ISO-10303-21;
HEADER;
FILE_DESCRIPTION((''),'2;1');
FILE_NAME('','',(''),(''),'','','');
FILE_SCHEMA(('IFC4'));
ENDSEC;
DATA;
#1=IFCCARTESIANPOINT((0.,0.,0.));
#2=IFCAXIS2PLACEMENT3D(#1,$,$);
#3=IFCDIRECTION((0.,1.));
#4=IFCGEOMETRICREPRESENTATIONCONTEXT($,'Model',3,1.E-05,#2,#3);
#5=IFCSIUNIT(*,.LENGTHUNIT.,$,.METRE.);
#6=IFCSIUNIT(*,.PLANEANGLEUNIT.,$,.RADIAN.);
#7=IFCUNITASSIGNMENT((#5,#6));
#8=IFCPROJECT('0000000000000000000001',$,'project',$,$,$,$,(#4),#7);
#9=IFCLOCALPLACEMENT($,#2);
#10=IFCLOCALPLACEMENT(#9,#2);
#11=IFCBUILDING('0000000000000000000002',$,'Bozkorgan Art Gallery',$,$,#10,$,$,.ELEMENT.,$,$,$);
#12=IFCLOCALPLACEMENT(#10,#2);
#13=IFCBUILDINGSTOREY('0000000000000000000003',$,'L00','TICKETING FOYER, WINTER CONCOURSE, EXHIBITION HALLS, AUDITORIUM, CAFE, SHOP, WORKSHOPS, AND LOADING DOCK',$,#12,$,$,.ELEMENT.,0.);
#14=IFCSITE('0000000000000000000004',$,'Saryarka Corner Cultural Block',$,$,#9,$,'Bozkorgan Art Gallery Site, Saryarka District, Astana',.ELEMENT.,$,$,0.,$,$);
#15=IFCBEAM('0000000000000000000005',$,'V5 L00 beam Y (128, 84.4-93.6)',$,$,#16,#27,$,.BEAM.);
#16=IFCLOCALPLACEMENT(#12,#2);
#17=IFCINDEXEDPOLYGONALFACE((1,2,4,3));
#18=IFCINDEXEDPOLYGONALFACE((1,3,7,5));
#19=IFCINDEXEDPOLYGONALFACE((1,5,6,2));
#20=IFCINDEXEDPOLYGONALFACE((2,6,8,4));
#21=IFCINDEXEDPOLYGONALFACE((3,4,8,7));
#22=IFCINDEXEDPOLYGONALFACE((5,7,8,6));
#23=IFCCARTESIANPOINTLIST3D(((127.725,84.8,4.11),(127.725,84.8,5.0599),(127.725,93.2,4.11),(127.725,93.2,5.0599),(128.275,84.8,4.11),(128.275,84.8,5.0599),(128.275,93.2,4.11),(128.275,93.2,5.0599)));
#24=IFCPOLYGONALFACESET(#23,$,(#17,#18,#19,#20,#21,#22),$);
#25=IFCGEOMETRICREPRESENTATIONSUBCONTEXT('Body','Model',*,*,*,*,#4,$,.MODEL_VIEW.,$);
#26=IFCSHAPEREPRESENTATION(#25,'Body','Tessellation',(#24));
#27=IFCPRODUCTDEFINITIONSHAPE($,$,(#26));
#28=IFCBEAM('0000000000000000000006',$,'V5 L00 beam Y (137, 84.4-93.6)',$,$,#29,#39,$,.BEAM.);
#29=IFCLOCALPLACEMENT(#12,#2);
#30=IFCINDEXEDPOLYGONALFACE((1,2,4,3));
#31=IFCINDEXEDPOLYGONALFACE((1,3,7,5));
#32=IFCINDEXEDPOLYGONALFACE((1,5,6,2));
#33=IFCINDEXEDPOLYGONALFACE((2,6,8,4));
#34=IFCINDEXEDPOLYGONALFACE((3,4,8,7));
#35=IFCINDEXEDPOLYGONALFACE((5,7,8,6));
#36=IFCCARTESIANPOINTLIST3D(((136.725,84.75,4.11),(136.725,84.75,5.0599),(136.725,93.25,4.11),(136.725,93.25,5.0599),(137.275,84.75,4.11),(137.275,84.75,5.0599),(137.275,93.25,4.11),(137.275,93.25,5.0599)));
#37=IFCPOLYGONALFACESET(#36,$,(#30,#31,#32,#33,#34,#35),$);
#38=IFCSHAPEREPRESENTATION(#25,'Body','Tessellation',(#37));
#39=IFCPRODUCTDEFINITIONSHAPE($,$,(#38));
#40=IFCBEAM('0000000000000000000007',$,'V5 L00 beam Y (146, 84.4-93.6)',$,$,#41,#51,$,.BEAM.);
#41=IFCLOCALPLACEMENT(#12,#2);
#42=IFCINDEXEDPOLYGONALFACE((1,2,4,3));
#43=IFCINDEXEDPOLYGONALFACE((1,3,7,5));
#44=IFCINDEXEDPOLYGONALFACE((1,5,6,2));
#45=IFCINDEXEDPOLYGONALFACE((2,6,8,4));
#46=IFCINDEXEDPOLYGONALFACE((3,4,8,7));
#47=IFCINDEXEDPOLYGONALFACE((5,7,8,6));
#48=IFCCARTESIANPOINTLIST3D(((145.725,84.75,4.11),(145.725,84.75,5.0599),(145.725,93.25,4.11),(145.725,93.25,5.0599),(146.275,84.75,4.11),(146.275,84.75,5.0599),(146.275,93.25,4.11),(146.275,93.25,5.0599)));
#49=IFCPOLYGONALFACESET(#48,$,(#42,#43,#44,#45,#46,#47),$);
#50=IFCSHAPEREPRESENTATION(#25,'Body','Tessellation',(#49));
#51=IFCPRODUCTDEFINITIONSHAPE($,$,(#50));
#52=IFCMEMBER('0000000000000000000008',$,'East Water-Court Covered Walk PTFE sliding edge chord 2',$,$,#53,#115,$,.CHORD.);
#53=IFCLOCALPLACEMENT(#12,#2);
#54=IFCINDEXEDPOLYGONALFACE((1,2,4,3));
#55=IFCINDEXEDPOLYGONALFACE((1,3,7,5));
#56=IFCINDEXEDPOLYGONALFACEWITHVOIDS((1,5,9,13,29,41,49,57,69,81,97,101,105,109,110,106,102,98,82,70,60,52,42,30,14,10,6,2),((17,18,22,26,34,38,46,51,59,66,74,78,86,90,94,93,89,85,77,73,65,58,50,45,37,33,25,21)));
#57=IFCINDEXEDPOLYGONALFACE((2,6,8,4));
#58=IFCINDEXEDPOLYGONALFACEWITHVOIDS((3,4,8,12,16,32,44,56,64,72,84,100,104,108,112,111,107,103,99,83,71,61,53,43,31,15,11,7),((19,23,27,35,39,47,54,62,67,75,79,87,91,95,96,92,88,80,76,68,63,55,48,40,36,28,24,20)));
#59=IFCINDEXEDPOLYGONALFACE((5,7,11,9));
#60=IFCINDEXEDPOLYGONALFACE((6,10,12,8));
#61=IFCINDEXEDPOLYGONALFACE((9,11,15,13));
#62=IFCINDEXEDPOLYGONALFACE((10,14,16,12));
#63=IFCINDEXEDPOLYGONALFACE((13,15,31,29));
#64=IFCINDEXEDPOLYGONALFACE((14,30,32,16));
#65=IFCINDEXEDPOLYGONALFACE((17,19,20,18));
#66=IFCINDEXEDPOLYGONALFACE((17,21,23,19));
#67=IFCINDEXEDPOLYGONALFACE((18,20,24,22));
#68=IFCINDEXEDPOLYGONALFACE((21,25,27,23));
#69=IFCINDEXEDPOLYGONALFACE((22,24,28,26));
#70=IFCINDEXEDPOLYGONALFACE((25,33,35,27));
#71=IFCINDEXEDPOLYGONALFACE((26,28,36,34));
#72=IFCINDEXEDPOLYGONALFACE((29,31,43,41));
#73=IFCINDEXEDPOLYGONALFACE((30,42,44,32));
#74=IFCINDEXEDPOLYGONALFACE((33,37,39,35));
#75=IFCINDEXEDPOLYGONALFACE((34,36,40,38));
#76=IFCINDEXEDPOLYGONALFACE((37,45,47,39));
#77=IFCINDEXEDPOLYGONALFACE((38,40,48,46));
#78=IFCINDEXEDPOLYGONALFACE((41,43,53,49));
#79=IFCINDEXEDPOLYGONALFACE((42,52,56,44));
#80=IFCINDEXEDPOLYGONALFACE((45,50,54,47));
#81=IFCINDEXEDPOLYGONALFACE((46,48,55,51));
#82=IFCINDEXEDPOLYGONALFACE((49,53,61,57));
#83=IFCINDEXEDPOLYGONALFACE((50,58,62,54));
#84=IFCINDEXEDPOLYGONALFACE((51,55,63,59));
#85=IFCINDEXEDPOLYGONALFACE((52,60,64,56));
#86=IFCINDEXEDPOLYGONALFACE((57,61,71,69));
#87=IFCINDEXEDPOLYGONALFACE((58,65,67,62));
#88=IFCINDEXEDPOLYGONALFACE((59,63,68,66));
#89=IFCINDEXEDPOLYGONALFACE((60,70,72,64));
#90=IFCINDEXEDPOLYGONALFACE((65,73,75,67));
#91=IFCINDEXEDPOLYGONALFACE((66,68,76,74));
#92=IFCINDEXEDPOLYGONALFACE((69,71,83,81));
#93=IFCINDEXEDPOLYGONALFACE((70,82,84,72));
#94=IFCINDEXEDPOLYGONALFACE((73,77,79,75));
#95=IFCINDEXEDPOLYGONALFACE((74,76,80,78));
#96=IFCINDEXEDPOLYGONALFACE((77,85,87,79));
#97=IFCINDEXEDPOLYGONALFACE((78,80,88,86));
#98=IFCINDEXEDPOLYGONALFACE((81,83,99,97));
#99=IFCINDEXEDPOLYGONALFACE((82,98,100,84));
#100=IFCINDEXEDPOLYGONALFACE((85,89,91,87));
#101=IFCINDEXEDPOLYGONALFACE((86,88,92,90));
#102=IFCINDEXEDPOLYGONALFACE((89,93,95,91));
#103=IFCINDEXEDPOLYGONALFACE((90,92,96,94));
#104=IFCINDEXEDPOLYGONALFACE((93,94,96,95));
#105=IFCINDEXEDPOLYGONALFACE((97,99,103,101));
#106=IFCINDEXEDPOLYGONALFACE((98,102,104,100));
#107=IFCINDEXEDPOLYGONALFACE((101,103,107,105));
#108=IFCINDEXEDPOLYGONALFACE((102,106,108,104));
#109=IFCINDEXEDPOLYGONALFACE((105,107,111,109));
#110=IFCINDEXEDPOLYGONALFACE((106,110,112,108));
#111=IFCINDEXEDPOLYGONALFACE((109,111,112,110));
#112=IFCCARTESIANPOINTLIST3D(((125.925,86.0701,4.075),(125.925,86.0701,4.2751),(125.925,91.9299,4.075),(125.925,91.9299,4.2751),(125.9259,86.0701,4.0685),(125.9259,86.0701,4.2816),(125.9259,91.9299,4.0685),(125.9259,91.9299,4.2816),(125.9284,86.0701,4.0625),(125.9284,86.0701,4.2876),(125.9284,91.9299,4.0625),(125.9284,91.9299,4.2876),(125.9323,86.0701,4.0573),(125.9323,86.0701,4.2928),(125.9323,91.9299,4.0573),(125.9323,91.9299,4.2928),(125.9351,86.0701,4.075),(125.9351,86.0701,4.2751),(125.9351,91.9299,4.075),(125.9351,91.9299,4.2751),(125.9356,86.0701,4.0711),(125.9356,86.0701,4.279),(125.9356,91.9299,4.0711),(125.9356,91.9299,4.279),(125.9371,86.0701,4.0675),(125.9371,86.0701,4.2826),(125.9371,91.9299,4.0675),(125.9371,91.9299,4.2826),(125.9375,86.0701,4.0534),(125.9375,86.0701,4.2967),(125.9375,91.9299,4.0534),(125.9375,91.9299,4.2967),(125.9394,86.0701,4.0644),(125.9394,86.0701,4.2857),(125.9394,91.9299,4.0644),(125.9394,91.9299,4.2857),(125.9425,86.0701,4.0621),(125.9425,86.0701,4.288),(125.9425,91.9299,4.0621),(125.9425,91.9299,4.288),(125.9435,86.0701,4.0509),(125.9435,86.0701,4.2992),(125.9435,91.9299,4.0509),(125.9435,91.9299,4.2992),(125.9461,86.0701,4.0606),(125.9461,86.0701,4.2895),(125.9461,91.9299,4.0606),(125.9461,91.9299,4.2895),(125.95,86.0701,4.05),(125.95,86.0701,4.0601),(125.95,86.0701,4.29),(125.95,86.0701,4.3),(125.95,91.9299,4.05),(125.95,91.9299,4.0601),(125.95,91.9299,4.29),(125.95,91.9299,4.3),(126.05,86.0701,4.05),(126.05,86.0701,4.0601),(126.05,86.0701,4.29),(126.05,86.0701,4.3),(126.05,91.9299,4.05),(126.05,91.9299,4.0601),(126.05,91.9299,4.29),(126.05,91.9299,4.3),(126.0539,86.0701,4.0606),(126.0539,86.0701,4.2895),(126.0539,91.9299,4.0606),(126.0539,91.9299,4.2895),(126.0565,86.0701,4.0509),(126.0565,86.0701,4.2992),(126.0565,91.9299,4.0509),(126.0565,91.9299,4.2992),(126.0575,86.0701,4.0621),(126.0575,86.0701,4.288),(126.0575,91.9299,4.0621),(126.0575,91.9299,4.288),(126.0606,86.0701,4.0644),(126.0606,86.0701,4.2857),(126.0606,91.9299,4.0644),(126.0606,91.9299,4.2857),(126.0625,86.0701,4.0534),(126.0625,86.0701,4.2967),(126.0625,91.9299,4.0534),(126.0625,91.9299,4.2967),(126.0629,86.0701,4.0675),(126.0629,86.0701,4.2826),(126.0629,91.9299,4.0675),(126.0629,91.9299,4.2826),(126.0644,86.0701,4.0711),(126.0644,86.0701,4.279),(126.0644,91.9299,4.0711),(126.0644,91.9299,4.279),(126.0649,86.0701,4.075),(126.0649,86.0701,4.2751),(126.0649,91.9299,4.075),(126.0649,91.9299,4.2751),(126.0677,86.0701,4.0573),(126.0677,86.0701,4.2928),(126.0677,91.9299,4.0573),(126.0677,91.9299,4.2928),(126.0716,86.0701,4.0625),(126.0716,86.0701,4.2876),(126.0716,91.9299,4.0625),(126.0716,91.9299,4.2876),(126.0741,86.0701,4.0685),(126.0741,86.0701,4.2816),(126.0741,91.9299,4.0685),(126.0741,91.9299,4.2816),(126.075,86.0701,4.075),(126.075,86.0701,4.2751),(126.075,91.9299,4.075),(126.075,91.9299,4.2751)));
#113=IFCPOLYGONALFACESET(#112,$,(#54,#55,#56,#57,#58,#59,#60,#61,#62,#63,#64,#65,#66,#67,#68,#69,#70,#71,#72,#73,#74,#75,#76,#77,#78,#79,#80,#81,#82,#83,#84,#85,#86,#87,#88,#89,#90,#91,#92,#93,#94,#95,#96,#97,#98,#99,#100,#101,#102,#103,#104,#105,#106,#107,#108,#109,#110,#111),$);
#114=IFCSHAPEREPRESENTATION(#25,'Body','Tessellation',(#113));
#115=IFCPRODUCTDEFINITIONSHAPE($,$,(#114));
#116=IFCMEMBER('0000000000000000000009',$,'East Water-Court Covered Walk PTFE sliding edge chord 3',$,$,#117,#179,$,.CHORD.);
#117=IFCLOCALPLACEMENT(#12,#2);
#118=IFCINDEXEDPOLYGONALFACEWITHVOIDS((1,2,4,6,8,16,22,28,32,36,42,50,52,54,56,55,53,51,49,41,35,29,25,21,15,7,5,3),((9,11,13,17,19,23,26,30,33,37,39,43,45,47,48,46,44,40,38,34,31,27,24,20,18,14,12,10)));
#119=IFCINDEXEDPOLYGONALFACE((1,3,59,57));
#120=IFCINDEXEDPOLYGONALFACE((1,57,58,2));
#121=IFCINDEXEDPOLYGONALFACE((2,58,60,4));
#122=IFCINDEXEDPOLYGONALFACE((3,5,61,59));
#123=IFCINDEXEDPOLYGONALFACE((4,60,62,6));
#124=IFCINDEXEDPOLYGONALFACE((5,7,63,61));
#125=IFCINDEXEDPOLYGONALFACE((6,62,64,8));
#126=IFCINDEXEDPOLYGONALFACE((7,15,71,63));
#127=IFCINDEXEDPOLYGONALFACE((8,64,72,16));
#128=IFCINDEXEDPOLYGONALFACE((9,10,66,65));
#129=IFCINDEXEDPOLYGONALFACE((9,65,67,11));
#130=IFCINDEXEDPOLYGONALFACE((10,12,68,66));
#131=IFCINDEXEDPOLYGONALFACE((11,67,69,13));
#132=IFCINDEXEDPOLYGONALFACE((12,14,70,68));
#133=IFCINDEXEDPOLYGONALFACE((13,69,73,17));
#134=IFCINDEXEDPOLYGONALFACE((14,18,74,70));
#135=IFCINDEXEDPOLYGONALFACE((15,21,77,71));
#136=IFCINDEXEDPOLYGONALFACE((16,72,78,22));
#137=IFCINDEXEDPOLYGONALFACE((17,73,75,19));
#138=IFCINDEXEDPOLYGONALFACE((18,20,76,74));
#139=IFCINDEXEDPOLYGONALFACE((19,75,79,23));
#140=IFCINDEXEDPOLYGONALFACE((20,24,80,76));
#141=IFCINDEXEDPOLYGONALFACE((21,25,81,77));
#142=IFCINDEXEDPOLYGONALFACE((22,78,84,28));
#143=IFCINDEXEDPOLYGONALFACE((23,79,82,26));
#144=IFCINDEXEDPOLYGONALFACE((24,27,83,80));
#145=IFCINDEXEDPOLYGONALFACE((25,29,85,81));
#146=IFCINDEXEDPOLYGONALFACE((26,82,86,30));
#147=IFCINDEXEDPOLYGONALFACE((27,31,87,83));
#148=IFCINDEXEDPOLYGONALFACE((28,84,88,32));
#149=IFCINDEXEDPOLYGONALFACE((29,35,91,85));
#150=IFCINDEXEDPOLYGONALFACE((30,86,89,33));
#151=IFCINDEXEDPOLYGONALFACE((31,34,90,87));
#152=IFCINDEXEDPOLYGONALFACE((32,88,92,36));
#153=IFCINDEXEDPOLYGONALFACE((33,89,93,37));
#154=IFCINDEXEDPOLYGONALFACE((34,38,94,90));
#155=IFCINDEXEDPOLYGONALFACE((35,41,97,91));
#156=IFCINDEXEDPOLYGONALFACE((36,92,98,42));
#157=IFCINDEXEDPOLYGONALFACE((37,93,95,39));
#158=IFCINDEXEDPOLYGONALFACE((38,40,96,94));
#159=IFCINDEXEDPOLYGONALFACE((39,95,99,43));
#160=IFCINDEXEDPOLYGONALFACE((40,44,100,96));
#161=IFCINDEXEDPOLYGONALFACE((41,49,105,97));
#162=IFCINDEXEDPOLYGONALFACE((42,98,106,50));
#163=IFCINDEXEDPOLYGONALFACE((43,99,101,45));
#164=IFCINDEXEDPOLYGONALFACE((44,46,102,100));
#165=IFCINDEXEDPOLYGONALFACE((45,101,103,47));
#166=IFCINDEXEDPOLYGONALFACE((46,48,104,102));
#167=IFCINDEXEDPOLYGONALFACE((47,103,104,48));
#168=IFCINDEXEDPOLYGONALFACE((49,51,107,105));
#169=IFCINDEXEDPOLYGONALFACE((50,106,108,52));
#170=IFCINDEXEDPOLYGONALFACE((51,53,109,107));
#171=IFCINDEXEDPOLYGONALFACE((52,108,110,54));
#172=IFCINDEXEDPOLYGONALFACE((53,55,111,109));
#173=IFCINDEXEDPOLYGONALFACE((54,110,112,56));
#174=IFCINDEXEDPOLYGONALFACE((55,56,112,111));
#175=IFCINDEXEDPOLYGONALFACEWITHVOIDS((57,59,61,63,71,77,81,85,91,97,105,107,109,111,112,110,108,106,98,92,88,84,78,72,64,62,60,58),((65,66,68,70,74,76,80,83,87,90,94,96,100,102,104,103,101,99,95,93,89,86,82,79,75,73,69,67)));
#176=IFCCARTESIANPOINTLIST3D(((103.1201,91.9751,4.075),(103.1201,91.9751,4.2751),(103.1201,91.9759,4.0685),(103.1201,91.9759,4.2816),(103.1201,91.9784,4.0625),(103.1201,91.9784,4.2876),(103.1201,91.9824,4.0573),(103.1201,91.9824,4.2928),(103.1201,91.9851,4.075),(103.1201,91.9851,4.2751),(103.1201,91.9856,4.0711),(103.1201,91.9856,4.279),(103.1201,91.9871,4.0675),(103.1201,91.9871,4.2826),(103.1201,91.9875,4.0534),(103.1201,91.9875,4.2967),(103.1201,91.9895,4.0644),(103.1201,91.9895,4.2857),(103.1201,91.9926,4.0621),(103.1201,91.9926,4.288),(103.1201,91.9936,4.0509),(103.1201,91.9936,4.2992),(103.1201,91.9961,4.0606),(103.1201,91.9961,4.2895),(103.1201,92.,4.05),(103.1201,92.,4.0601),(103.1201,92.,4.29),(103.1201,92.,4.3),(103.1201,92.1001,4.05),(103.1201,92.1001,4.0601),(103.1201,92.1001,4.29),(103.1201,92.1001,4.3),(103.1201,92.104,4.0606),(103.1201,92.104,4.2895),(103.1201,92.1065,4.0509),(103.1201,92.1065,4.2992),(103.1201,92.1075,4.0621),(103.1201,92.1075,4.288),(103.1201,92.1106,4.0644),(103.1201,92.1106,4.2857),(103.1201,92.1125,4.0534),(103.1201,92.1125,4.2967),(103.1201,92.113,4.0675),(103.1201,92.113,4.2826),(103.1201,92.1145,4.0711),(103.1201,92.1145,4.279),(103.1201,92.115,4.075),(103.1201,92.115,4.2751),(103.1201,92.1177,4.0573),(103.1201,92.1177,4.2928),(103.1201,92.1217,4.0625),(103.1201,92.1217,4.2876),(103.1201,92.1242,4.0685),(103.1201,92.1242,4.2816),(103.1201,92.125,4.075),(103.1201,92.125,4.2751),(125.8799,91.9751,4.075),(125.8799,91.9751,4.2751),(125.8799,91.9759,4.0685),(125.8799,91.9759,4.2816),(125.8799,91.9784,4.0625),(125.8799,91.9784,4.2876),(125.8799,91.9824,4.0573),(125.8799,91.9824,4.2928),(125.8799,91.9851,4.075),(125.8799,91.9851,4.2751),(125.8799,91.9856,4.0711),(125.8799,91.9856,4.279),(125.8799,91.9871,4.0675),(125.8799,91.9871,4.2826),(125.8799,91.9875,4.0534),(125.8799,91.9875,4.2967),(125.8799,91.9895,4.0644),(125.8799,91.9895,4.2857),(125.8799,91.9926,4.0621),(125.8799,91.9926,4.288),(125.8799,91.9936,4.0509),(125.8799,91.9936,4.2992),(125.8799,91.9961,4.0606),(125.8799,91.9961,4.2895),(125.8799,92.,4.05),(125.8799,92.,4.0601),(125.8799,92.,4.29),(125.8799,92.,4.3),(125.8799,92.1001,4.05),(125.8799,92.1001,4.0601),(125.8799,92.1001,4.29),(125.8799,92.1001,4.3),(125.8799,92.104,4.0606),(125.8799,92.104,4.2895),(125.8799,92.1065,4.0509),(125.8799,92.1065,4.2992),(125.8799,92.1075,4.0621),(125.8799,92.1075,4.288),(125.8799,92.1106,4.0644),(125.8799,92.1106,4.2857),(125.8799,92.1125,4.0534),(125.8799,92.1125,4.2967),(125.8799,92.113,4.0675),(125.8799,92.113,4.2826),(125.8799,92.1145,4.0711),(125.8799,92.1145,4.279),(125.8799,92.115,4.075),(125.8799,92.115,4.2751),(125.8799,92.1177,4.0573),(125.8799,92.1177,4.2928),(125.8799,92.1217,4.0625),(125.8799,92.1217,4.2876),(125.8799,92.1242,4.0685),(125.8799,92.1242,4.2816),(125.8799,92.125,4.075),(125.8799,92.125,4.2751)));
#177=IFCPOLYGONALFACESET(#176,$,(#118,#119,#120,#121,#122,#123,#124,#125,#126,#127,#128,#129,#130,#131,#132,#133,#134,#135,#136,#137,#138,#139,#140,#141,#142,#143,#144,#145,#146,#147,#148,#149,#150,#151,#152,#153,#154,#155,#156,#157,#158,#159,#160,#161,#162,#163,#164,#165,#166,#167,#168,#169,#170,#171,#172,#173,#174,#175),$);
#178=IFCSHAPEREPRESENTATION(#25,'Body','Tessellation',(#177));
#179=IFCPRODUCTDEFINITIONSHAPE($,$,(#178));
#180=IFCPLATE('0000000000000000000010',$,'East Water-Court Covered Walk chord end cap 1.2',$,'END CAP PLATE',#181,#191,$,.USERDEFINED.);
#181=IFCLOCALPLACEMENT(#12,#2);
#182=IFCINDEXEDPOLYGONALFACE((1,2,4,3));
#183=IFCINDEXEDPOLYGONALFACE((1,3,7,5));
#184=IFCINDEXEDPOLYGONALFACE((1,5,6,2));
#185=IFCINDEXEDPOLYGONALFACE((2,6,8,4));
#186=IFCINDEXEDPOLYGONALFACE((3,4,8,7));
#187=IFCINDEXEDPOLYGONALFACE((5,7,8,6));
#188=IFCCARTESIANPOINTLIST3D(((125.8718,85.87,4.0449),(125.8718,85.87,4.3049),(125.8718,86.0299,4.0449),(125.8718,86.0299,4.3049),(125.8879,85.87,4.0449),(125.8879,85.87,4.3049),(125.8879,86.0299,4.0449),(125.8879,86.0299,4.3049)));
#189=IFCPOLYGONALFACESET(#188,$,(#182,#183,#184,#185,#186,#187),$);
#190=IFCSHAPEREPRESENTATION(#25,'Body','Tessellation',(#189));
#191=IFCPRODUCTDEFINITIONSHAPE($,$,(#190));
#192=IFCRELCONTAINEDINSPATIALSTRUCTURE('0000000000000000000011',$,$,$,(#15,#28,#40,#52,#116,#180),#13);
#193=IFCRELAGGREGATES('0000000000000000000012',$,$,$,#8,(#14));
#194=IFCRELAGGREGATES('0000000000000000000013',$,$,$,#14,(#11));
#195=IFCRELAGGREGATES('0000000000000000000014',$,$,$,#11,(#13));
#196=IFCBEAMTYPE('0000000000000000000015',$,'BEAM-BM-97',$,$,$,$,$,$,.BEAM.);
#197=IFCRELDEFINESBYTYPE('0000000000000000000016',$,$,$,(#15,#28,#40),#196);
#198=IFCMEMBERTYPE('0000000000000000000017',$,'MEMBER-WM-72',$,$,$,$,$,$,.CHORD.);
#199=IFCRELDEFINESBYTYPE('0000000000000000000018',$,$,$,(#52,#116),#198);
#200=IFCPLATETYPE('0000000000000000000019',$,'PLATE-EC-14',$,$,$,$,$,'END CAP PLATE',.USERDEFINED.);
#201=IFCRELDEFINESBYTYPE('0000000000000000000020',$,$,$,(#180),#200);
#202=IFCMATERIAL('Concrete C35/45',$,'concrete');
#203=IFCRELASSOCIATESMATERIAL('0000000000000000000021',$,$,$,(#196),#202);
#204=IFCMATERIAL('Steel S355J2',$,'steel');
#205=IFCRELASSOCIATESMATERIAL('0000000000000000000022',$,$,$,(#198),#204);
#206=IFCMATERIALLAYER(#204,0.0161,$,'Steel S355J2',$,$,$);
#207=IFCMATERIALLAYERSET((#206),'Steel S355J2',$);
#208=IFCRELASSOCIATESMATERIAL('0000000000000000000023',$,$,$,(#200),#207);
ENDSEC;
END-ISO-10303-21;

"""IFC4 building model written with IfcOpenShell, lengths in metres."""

from ifc_helpers import new_model, si_unit, direction, frame, origin, origin_2d, place, context, subcontext, project, spatial, rectangle, hollow_rectangle, extrude, material, layer, layer_set, material_profile, profile_set, type_object, element, save


model = new_model("IFC4")

# Units and contexts
model_context = context("Model", 3, precision=1e-05, world=origin(), true_north=direction((0.0, 1.0)))
body_context = subcontext(model_context, "Body", "Model", "MODEL_VIEW")
ifc_project = project(units=[si_unit("LENGTHUNIT", "METRE"), si_unit("PLANEANGLEUNIT", "RADIAN")], contexts=[model_context])

# Site, building, storey
site_placement = place(None, origin())
site = spatial("IfcSite", under=ifc_project, at=site_placement, Name="Saryarka Corner Cultural Block", LongName="Bozkorgan Art Gallery Site, Saryarka District, Astana", CompositionType="ELEMENT", RefElevation=0.0)
building_placement = place(site_placement, origin())
building = spatial("IfcBuilding", under=site, at=building_placement, Name="Bozkorgan Art Gallery", CompositionType="ELEMENT")
storey_placement = place(building_placement, origin())
storey = spatial("IfcBuildingStorey", under=building, at=storey_placement, Name="L00", Description="TICKETING FOYER, WINTER CONCOURSE, EXHIBITION HALLS, AUDITORIUM, CAFE, SHOP, WORKSHOPS, AND LOADING DOCK", CompositionType="ELEMENT", Elevation=0.0)

# Shared definitions
ifc_material_1 = material(Name="Steel S355J2", Category="steel")

# Beams
ifc_material_2 = material(Name="Concrete C35/45", Category="concrete")
ifc_material_profile_1 = material_profile(ifc_material_2, rectangle(XDim=0.55, YDim=0.95, at=origin_2d()), Name="RC 550x950")
ifc_profile_set_1 = profile_set([ifc_material_profile_1], Name="Concrete C35/45")
beam_type = type_object("IfcBeamType", Name="BEAM-BM-97", PredefinedType="BEAM", material=ifc_profile_set_1)
beam_1_placement = place(storey_placement, frame((128.0, 84.8, 4.585), z_axis=(0.0, 1.0, 0.0), x_axis=(-1.0, 0.0, 0.0)))
element("IfcBeam", 1, at=beam_1_placement, inside=storey, type_object=beam_type, Name="V5 L00 beam Y (128, 84.4-93.6)", PredefinedType="BEAM", context=body_context, shape_type="SweptSolid", body=[
    extrude(rectangle(XDim=0.55, YDim=0.95, at=origin_2d()), origin(), (0.0, 0.0, 1.0), 8.3999),
])
for number, where, z_axis, x_axis, name in (
    (2, (137.0, 84.75, 4.585), (0.0, 1.0, 0.0), (-1.0, 0.0, 0.0), "V5 L00 beam Y (137, 84.4-93.6)"),
    (3, (146.0, 84.75, 4.585), (0.0, 1.0, 0.0), (-1.0, 0.0, 0.0), "V5 L00 beam Y (146, 84.4-93.6)"),
):
    element("IfcBeam", number, at=place(storey_placement, frame(where, z_axis=z_axis, x_axis=x_axis)), inside=storey, type_object=beam_type, Name=name, PredefinedType="BEAM", context=body_context, shape_type="SweptSolid", body=[
        extrude(rectangle(XDim=0.55, YDim=0.95, at=origin_2d()), origin(), (0.0, 0.0, 1.0), 8.5),
    ])

# Members
ifc_material_profile_2 = material_profile(ifc_material_1, hollow_rectangle(XDim=0.1499, YDim=0.25, WallThickness=0.01, InnerFilletRadius=0.0149, OuterFilletRadius=0.0249, at=origin_2d()), Name="RHS 250x150x10")
ifc_profile_set_2 = profile_set([ifc_material_profile_2], Name="Steel S355J2")
member_type = type_object("IfcMemberType", Name="MEMBER-WM-72", PredefinedType="CHORD", material=ifc_profile_set_2)
member_1_placement = place(storey_placement, frame((126.0, 86.0701, 4.175), z_axis=(0.0, 1.0, 0.0), x_axis=(-1.0, 0.0, 0.0)))
element("IfcMember", 4, at=member_1_placement, inside=storey, type_object=member_type, Name="East Water-Court Covered Walk PTFE sliding edge chord 2", PredefinedType="CHORD", context=body_context, shape_type="SweptSolid", body=[
    extrude(hollow_rectangle(XDim=0.1499, YDim=0.25, WallThickness=0.01, InnerFilletRadius=0.0149, OuterFilletRadius=0.0249, at=origin_2d()), origin(), (0.0, 0.0, 1.0), 5.8599),
])
member_2_placement = place(storey_placement, frame((125.8799, 92.05, 4.175), z_axis=(-1.0, 0.0, 0.0), x_axis=(0.0, -1.0, 0.0)))
element("IfcMember", 5, at=member_2_placement, inside=storey, type_object=member_type, Name="East Water-Court Covered Walk PTFE sliding edge chord 3", PredefinedType="CHORD", context=body_context, shape_type="SweptSolid", body=[
    extrude(hollow_rectangle(XDim=0.1499, YDim=0.25, WallThickness=0.01, InnerFilletRadius=0.0149, OuterFilletRadius=0.0249, at=origin_2d()), origin(), (0.0, 0.0, 1.0), 22.7598),
])

# Plate
ifc_layer_1 = layer(ifc_material_1, 0.0161, Name="Steel S355J2")
ifc_layer_set_1 = layer_set([ifc_layer_1], Name="Steel S355J2")
plate_type = type_object("IfcPlateType", Name="PLATE-EC-14", ElementType="END CAP PLATE", PredefinedType="USERDEFINED", material=ifc_layer_set_1)
for number, where, z_axis, x_axis, name in (
    (6, (125.8799, 85.95, 4.0449), (0.0, 0.0, 1.0), (1.0, 0.0, 0.0), "East Water-Court Covered Walk chord end cap 1.2"),
):
    element("IfcPlate", number, at=place(storey_placement, frame(where, z_axis=z_axis, x_axis=x_axis)), inside=storey, type_object=plate_type, Name=name, ObjectType="END CAP PLATE", PredefinedType="USERDEFINED", context=body_context, shape_type="SweptSolid", body=[
        extrude(rectangle(XDim=0.0161, YDim=0.1599, at=origin_2d()), origin(), (0.0, 0.0, 1.0), 0.26),
    ])

save(model, "model.ifc")
